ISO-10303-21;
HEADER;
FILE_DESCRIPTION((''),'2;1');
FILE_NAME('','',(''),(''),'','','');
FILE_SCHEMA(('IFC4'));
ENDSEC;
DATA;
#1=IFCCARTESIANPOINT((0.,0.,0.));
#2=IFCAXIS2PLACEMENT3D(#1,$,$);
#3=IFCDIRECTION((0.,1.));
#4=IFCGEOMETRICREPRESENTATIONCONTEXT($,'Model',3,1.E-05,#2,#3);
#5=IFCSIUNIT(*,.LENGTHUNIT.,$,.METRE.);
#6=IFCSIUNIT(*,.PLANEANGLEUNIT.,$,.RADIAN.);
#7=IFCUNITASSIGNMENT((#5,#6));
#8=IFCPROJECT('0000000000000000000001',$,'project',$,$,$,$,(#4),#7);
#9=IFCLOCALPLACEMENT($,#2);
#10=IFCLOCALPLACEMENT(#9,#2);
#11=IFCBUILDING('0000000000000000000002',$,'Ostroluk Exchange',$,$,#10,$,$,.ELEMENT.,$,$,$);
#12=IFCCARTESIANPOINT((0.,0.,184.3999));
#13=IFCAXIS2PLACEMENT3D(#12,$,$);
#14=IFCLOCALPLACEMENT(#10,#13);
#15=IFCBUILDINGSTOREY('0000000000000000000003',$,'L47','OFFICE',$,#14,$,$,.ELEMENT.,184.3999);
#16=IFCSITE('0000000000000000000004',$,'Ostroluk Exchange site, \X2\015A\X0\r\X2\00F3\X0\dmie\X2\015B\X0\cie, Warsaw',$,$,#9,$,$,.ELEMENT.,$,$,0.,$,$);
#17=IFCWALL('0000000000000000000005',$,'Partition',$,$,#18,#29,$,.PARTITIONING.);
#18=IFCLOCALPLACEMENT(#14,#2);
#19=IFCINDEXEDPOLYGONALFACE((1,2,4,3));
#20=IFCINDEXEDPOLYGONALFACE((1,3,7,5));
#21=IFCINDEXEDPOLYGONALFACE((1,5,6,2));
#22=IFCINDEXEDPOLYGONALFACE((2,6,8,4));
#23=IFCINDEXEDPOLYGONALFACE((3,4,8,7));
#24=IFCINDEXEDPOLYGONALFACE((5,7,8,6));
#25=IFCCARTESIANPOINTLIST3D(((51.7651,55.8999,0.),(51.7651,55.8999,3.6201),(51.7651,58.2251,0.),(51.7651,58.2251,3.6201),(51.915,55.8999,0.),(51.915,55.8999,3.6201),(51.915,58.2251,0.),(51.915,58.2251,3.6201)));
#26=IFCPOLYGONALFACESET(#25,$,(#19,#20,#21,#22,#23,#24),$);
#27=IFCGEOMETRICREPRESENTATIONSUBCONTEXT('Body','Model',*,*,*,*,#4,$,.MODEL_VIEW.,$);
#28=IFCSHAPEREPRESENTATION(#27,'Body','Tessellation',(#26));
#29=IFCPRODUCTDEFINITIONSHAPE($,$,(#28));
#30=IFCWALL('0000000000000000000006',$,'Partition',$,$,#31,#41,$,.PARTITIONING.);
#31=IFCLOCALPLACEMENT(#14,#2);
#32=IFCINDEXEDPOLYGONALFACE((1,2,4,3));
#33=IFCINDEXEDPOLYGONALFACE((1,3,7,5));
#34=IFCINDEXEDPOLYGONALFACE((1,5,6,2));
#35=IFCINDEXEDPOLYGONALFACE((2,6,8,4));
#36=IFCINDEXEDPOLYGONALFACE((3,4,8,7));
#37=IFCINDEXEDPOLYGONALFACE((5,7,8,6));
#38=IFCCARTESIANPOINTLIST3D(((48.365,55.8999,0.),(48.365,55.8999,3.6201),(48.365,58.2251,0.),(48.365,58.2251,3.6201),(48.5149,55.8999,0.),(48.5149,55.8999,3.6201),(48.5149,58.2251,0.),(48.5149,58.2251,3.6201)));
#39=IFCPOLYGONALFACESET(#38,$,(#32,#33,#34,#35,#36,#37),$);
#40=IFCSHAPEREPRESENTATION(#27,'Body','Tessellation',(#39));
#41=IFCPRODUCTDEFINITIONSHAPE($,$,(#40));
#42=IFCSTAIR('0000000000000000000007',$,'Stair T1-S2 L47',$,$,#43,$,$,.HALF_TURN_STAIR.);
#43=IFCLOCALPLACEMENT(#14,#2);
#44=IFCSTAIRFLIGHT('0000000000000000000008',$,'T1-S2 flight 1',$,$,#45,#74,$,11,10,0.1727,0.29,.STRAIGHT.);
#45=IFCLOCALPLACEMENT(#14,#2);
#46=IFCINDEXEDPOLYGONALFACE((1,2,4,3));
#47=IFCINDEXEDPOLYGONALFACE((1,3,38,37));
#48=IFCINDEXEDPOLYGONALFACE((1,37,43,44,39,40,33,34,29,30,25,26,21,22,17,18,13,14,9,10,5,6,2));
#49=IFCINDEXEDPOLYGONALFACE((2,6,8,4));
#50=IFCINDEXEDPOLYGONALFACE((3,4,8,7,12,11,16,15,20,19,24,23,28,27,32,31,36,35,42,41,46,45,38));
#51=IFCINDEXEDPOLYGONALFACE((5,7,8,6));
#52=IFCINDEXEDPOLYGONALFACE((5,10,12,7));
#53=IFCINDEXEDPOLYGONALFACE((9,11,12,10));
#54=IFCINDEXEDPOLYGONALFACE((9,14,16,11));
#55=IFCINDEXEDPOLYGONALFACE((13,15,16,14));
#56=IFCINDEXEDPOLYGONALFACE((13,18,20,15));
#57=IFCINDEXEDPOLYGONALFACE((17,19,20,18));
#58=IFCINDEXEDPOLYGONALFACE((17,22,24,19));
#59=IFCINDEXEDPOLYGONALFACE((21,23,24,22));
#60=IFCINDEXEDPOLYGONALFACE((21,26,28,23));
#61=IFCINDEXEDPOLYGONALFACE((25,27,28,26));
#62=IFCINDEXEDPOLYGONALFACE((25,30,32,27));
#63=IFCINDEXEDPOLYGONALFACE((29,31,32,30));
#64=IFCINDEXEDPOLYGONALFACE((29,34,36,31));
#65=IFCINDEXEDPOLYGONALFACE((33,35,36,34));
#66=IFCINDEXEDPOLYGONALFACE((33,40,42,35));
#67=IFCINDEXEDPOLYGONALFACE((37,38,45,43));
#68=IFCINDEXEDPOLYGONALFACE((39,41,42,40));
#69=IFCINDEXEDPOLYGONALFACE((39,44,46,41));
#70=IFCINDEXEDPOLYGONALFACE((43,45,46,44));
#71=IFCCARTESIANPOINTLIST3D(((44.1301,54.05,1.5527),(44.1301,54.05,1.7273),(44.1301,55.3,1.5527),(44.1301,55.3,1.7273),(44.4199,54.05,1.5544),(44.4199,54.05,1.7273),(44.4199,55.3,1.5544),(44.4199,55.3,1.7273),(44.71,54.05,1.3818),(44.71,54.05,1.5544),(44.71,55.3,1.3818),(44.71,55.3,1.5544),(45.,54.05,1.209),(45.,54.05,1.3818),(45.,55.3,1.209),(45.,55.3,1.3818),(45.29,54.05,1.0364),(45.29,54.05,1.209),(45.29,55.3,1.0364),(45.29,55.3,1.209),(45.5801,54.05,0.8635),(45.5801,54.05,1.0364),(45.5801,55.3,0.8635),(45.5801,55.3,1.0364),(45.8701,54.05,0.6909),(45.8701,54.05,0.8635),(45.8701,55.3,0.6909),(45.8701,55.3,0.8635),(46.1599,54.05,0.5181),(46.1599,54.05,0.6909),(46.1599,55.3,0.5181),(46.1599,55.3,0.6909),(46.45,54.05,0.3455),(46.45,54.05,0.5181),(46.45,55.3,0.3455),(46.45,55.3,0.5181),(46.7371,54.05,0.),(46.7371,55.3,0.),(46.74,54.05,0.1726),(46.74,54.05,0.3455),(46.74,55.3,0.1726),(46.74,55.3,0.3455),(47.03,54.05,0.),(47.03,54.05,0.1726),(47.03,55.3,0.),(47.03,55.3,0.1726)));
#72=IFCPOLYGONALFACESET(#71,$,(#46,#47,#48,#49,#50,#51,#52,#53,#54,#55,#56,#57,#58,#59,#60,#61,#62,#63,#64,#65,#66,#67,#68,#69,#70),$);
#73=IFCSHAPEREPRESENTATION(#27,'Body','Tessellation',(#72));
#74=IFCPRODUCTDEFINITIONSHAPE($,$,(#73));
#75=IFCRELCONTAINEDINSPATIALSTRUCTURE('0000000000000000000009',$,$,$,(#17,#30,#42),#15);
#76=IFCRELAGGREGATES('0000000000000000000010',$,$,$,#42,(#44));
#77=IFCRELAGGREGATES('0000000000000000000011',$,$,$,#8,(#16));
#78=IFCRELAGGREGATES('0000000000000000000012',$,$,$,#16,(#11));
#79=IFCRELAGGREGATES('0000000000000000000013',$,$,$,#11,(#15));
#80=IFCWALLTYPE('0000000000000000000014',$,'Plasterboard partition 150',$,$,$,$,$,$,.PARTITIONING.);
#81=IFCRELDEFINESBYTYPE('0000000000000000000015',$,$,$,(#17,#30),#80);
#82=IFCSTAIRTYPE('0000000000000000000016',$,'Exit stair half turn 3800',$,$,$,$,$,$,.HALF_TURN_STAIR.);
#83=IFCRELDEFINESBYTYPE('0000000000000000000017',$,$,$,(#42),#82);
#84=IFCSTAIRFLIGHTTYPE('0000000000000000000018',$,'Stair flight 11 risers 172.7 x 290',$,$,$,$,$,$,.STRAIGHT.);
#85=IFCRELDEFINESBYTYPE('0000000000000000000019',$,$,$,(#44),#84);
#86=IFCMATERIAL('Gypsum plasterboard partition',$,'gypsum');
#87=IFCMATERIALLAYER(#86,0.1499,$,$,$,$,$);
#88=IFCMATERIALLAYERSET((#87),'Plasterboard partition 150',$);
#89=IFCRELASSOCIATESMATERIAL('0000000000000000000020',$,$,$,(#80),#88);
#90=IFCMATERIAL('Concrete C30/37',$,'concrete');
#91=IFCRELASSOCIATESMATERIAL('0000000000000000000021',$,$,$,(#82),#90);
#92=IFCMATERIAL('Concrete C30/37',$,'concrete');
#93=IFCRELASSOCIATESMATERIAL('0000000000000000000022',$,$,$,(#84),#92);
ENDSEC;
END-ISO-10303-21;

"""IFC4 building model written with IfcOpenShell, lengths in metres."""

from ifc_helpers import new_model, si_unit, direction, frame, frame_2d, origin, place, context, subcontext, project, spatial, polyline, rectangle, outline, extrude, material, layer, layer_set, type_object, element, aggregate, save


model = new_model("IFC4")

# Units and contexts
model_context = context("Model", 3, precision=1e-05, world=origin(), true_north=direction((0.0, 1.0)))
body_context = subcontext(model_context, "Body", "Model", "MODEL_VIEW")
ifc_project = project(units=[si_unit("LENGTHUNIT", "METRE"), si_unit("PLANEANGLEUNIT", "RADIAN")], contexts=[model_context])

# Site, building, storey
site_placement = place(None, origin())
site = spatial("IfcSite", under=ifc_project, at=site_placement, Name="Ostroluk Exchange site, Śródmieście, Warsaw", CompositionType="ELEMENT", RefElevation=0.0)
building_placement = place(site_placement, origin())
building = spatial("IfcBuilding", under=site, at=building_placement, Name="Ostroluk Exchange", CompositionType="ELEMENT")
storey_placement = place(building_placement, frame((0.0, 0.0, 184.3999)))
storey = spatial("IfcBuildingStorey", under=building, at=storey_placement, Name="L47", Description="OFFICE", CompositionType="ELEMENT", Elevation=184.3999)

# Walls
ifc_material_1 = material(Name="Gypsum plasterboard partition", Category="gypsum")
ifc_layer_1 = layer(ifc_material_1, 0.1499)
ifc_layer_set_1 = layer_set([ifc_layer_1], Name="Plasterboard partition 150")
wall_type_1 = type_object("IfcWallType", Name="Plasterboard partition 150", PredefinedType="PARTITIONING", material=ifc_layer_set_1)
for number, where, z_axis, x_axis, name in (
    (1, (51.8401, 55.8999, 0.0), (0.0, 0.0, 1.0), (0.0, 1.0, 0.0), "Partition"),
    (2, (48.4399, 55.8999, 0.0), (0.0, 0.0, 1.0), (0.0, 1.0, 0.0), "Partition"),
):
    element("IfcWall", number, at=place(storey_placement, frame(where, z_axis=z_axis, x_axis=x_axis)), inside=storey, type_object=wall_type_1, Name=name, PredefinedType="PARTITIONING", context=body_context, shape_type="SweptSolid", body=[
        extrude(rectangle(XDim=2.3252, YDim=0.1499, at=frame_2d((1.1626, 0.0))), origin(), (0.0, 0.0, 1.0), 3.6201),
    ])

# Stair, stair flight
ifc_material_2 = material(Name="Concrete C30/37", Category="concrete")
stair_type = type_object("IfcStairType", Name="Exit stair half turn 3800", PredefinedType="HALF_TURN_STAIR", material=ifc_material_2)
stair_placement = place(storey_placement, origin())
stair = element("IfcStair", 3, at=stair_placement, inside=storey, type_object=stair_type, Name="Stair T1-S2 L47", PredefinedType="HALF_TURN_STAIR")
ifc_material_3 = material(Name="Concrete C30/37", Category="concrete")
stair_flight_type = type_object("IfcStairFlightType", Name="Stair flight 11 risers 172.7 x 290", PredefinedType="STRAIGHT", material=ifc_material_3)
stair_flight_placement = place(storey_placement, frame((47.03, 54.675, 0.0), z_axis=(0.0, 0.0, 1.0), x_axis=(-1.0, 0.0, 0.0)))
stair_flight = element("IfcStairFlight", 4, at=stair_flight_placement, type_object=stair_flight_type, Name="T1-S2 flight 1", NumberOfRisers=11, NumberOfTreads=10, PredefinedType="STRAIGHT", RiserHeight=0.1727, TreadLength=0.29, context=body_context, shape_type="SweptSolid", body=[
    extrude(outline(polyline([(0.0, 0.0), (0.0, 0.1726), (0.29, 0.1726), (0.29, 0.3455), (0.5801, 0.3455), (0.5801, 0.5181), (0.8701, 0.5181), (0.8701, 0.6909), (1.1599, 0.6909), (1.1599, 0.8635), (1.45, 0.8635), (1.45, 1.0364), (1.74, 1.0364), (1.74, 1.209), (2.03, 1.209), (2.03, 1.3818), (2.3201, 1.3818), (2.3201, 1.5544), (2.6101, 1.5544), (2.6101, 1.7273), (2.8999, 1.7273), (2.8999, 1.8999), (2.8999, 1.5527), (0.293, 0.0), (0.0, 0.0)])), frame((0.0, 0.625, 0.0), z_axis=(0.0, -1.0, 0.0), x_axis=(1.0, 0.0, 0.0)), (0.0, 0.0, 1.0), 1.25),
])
aggregate(stair, [stair_flight])

save(model, "model.ifc")
